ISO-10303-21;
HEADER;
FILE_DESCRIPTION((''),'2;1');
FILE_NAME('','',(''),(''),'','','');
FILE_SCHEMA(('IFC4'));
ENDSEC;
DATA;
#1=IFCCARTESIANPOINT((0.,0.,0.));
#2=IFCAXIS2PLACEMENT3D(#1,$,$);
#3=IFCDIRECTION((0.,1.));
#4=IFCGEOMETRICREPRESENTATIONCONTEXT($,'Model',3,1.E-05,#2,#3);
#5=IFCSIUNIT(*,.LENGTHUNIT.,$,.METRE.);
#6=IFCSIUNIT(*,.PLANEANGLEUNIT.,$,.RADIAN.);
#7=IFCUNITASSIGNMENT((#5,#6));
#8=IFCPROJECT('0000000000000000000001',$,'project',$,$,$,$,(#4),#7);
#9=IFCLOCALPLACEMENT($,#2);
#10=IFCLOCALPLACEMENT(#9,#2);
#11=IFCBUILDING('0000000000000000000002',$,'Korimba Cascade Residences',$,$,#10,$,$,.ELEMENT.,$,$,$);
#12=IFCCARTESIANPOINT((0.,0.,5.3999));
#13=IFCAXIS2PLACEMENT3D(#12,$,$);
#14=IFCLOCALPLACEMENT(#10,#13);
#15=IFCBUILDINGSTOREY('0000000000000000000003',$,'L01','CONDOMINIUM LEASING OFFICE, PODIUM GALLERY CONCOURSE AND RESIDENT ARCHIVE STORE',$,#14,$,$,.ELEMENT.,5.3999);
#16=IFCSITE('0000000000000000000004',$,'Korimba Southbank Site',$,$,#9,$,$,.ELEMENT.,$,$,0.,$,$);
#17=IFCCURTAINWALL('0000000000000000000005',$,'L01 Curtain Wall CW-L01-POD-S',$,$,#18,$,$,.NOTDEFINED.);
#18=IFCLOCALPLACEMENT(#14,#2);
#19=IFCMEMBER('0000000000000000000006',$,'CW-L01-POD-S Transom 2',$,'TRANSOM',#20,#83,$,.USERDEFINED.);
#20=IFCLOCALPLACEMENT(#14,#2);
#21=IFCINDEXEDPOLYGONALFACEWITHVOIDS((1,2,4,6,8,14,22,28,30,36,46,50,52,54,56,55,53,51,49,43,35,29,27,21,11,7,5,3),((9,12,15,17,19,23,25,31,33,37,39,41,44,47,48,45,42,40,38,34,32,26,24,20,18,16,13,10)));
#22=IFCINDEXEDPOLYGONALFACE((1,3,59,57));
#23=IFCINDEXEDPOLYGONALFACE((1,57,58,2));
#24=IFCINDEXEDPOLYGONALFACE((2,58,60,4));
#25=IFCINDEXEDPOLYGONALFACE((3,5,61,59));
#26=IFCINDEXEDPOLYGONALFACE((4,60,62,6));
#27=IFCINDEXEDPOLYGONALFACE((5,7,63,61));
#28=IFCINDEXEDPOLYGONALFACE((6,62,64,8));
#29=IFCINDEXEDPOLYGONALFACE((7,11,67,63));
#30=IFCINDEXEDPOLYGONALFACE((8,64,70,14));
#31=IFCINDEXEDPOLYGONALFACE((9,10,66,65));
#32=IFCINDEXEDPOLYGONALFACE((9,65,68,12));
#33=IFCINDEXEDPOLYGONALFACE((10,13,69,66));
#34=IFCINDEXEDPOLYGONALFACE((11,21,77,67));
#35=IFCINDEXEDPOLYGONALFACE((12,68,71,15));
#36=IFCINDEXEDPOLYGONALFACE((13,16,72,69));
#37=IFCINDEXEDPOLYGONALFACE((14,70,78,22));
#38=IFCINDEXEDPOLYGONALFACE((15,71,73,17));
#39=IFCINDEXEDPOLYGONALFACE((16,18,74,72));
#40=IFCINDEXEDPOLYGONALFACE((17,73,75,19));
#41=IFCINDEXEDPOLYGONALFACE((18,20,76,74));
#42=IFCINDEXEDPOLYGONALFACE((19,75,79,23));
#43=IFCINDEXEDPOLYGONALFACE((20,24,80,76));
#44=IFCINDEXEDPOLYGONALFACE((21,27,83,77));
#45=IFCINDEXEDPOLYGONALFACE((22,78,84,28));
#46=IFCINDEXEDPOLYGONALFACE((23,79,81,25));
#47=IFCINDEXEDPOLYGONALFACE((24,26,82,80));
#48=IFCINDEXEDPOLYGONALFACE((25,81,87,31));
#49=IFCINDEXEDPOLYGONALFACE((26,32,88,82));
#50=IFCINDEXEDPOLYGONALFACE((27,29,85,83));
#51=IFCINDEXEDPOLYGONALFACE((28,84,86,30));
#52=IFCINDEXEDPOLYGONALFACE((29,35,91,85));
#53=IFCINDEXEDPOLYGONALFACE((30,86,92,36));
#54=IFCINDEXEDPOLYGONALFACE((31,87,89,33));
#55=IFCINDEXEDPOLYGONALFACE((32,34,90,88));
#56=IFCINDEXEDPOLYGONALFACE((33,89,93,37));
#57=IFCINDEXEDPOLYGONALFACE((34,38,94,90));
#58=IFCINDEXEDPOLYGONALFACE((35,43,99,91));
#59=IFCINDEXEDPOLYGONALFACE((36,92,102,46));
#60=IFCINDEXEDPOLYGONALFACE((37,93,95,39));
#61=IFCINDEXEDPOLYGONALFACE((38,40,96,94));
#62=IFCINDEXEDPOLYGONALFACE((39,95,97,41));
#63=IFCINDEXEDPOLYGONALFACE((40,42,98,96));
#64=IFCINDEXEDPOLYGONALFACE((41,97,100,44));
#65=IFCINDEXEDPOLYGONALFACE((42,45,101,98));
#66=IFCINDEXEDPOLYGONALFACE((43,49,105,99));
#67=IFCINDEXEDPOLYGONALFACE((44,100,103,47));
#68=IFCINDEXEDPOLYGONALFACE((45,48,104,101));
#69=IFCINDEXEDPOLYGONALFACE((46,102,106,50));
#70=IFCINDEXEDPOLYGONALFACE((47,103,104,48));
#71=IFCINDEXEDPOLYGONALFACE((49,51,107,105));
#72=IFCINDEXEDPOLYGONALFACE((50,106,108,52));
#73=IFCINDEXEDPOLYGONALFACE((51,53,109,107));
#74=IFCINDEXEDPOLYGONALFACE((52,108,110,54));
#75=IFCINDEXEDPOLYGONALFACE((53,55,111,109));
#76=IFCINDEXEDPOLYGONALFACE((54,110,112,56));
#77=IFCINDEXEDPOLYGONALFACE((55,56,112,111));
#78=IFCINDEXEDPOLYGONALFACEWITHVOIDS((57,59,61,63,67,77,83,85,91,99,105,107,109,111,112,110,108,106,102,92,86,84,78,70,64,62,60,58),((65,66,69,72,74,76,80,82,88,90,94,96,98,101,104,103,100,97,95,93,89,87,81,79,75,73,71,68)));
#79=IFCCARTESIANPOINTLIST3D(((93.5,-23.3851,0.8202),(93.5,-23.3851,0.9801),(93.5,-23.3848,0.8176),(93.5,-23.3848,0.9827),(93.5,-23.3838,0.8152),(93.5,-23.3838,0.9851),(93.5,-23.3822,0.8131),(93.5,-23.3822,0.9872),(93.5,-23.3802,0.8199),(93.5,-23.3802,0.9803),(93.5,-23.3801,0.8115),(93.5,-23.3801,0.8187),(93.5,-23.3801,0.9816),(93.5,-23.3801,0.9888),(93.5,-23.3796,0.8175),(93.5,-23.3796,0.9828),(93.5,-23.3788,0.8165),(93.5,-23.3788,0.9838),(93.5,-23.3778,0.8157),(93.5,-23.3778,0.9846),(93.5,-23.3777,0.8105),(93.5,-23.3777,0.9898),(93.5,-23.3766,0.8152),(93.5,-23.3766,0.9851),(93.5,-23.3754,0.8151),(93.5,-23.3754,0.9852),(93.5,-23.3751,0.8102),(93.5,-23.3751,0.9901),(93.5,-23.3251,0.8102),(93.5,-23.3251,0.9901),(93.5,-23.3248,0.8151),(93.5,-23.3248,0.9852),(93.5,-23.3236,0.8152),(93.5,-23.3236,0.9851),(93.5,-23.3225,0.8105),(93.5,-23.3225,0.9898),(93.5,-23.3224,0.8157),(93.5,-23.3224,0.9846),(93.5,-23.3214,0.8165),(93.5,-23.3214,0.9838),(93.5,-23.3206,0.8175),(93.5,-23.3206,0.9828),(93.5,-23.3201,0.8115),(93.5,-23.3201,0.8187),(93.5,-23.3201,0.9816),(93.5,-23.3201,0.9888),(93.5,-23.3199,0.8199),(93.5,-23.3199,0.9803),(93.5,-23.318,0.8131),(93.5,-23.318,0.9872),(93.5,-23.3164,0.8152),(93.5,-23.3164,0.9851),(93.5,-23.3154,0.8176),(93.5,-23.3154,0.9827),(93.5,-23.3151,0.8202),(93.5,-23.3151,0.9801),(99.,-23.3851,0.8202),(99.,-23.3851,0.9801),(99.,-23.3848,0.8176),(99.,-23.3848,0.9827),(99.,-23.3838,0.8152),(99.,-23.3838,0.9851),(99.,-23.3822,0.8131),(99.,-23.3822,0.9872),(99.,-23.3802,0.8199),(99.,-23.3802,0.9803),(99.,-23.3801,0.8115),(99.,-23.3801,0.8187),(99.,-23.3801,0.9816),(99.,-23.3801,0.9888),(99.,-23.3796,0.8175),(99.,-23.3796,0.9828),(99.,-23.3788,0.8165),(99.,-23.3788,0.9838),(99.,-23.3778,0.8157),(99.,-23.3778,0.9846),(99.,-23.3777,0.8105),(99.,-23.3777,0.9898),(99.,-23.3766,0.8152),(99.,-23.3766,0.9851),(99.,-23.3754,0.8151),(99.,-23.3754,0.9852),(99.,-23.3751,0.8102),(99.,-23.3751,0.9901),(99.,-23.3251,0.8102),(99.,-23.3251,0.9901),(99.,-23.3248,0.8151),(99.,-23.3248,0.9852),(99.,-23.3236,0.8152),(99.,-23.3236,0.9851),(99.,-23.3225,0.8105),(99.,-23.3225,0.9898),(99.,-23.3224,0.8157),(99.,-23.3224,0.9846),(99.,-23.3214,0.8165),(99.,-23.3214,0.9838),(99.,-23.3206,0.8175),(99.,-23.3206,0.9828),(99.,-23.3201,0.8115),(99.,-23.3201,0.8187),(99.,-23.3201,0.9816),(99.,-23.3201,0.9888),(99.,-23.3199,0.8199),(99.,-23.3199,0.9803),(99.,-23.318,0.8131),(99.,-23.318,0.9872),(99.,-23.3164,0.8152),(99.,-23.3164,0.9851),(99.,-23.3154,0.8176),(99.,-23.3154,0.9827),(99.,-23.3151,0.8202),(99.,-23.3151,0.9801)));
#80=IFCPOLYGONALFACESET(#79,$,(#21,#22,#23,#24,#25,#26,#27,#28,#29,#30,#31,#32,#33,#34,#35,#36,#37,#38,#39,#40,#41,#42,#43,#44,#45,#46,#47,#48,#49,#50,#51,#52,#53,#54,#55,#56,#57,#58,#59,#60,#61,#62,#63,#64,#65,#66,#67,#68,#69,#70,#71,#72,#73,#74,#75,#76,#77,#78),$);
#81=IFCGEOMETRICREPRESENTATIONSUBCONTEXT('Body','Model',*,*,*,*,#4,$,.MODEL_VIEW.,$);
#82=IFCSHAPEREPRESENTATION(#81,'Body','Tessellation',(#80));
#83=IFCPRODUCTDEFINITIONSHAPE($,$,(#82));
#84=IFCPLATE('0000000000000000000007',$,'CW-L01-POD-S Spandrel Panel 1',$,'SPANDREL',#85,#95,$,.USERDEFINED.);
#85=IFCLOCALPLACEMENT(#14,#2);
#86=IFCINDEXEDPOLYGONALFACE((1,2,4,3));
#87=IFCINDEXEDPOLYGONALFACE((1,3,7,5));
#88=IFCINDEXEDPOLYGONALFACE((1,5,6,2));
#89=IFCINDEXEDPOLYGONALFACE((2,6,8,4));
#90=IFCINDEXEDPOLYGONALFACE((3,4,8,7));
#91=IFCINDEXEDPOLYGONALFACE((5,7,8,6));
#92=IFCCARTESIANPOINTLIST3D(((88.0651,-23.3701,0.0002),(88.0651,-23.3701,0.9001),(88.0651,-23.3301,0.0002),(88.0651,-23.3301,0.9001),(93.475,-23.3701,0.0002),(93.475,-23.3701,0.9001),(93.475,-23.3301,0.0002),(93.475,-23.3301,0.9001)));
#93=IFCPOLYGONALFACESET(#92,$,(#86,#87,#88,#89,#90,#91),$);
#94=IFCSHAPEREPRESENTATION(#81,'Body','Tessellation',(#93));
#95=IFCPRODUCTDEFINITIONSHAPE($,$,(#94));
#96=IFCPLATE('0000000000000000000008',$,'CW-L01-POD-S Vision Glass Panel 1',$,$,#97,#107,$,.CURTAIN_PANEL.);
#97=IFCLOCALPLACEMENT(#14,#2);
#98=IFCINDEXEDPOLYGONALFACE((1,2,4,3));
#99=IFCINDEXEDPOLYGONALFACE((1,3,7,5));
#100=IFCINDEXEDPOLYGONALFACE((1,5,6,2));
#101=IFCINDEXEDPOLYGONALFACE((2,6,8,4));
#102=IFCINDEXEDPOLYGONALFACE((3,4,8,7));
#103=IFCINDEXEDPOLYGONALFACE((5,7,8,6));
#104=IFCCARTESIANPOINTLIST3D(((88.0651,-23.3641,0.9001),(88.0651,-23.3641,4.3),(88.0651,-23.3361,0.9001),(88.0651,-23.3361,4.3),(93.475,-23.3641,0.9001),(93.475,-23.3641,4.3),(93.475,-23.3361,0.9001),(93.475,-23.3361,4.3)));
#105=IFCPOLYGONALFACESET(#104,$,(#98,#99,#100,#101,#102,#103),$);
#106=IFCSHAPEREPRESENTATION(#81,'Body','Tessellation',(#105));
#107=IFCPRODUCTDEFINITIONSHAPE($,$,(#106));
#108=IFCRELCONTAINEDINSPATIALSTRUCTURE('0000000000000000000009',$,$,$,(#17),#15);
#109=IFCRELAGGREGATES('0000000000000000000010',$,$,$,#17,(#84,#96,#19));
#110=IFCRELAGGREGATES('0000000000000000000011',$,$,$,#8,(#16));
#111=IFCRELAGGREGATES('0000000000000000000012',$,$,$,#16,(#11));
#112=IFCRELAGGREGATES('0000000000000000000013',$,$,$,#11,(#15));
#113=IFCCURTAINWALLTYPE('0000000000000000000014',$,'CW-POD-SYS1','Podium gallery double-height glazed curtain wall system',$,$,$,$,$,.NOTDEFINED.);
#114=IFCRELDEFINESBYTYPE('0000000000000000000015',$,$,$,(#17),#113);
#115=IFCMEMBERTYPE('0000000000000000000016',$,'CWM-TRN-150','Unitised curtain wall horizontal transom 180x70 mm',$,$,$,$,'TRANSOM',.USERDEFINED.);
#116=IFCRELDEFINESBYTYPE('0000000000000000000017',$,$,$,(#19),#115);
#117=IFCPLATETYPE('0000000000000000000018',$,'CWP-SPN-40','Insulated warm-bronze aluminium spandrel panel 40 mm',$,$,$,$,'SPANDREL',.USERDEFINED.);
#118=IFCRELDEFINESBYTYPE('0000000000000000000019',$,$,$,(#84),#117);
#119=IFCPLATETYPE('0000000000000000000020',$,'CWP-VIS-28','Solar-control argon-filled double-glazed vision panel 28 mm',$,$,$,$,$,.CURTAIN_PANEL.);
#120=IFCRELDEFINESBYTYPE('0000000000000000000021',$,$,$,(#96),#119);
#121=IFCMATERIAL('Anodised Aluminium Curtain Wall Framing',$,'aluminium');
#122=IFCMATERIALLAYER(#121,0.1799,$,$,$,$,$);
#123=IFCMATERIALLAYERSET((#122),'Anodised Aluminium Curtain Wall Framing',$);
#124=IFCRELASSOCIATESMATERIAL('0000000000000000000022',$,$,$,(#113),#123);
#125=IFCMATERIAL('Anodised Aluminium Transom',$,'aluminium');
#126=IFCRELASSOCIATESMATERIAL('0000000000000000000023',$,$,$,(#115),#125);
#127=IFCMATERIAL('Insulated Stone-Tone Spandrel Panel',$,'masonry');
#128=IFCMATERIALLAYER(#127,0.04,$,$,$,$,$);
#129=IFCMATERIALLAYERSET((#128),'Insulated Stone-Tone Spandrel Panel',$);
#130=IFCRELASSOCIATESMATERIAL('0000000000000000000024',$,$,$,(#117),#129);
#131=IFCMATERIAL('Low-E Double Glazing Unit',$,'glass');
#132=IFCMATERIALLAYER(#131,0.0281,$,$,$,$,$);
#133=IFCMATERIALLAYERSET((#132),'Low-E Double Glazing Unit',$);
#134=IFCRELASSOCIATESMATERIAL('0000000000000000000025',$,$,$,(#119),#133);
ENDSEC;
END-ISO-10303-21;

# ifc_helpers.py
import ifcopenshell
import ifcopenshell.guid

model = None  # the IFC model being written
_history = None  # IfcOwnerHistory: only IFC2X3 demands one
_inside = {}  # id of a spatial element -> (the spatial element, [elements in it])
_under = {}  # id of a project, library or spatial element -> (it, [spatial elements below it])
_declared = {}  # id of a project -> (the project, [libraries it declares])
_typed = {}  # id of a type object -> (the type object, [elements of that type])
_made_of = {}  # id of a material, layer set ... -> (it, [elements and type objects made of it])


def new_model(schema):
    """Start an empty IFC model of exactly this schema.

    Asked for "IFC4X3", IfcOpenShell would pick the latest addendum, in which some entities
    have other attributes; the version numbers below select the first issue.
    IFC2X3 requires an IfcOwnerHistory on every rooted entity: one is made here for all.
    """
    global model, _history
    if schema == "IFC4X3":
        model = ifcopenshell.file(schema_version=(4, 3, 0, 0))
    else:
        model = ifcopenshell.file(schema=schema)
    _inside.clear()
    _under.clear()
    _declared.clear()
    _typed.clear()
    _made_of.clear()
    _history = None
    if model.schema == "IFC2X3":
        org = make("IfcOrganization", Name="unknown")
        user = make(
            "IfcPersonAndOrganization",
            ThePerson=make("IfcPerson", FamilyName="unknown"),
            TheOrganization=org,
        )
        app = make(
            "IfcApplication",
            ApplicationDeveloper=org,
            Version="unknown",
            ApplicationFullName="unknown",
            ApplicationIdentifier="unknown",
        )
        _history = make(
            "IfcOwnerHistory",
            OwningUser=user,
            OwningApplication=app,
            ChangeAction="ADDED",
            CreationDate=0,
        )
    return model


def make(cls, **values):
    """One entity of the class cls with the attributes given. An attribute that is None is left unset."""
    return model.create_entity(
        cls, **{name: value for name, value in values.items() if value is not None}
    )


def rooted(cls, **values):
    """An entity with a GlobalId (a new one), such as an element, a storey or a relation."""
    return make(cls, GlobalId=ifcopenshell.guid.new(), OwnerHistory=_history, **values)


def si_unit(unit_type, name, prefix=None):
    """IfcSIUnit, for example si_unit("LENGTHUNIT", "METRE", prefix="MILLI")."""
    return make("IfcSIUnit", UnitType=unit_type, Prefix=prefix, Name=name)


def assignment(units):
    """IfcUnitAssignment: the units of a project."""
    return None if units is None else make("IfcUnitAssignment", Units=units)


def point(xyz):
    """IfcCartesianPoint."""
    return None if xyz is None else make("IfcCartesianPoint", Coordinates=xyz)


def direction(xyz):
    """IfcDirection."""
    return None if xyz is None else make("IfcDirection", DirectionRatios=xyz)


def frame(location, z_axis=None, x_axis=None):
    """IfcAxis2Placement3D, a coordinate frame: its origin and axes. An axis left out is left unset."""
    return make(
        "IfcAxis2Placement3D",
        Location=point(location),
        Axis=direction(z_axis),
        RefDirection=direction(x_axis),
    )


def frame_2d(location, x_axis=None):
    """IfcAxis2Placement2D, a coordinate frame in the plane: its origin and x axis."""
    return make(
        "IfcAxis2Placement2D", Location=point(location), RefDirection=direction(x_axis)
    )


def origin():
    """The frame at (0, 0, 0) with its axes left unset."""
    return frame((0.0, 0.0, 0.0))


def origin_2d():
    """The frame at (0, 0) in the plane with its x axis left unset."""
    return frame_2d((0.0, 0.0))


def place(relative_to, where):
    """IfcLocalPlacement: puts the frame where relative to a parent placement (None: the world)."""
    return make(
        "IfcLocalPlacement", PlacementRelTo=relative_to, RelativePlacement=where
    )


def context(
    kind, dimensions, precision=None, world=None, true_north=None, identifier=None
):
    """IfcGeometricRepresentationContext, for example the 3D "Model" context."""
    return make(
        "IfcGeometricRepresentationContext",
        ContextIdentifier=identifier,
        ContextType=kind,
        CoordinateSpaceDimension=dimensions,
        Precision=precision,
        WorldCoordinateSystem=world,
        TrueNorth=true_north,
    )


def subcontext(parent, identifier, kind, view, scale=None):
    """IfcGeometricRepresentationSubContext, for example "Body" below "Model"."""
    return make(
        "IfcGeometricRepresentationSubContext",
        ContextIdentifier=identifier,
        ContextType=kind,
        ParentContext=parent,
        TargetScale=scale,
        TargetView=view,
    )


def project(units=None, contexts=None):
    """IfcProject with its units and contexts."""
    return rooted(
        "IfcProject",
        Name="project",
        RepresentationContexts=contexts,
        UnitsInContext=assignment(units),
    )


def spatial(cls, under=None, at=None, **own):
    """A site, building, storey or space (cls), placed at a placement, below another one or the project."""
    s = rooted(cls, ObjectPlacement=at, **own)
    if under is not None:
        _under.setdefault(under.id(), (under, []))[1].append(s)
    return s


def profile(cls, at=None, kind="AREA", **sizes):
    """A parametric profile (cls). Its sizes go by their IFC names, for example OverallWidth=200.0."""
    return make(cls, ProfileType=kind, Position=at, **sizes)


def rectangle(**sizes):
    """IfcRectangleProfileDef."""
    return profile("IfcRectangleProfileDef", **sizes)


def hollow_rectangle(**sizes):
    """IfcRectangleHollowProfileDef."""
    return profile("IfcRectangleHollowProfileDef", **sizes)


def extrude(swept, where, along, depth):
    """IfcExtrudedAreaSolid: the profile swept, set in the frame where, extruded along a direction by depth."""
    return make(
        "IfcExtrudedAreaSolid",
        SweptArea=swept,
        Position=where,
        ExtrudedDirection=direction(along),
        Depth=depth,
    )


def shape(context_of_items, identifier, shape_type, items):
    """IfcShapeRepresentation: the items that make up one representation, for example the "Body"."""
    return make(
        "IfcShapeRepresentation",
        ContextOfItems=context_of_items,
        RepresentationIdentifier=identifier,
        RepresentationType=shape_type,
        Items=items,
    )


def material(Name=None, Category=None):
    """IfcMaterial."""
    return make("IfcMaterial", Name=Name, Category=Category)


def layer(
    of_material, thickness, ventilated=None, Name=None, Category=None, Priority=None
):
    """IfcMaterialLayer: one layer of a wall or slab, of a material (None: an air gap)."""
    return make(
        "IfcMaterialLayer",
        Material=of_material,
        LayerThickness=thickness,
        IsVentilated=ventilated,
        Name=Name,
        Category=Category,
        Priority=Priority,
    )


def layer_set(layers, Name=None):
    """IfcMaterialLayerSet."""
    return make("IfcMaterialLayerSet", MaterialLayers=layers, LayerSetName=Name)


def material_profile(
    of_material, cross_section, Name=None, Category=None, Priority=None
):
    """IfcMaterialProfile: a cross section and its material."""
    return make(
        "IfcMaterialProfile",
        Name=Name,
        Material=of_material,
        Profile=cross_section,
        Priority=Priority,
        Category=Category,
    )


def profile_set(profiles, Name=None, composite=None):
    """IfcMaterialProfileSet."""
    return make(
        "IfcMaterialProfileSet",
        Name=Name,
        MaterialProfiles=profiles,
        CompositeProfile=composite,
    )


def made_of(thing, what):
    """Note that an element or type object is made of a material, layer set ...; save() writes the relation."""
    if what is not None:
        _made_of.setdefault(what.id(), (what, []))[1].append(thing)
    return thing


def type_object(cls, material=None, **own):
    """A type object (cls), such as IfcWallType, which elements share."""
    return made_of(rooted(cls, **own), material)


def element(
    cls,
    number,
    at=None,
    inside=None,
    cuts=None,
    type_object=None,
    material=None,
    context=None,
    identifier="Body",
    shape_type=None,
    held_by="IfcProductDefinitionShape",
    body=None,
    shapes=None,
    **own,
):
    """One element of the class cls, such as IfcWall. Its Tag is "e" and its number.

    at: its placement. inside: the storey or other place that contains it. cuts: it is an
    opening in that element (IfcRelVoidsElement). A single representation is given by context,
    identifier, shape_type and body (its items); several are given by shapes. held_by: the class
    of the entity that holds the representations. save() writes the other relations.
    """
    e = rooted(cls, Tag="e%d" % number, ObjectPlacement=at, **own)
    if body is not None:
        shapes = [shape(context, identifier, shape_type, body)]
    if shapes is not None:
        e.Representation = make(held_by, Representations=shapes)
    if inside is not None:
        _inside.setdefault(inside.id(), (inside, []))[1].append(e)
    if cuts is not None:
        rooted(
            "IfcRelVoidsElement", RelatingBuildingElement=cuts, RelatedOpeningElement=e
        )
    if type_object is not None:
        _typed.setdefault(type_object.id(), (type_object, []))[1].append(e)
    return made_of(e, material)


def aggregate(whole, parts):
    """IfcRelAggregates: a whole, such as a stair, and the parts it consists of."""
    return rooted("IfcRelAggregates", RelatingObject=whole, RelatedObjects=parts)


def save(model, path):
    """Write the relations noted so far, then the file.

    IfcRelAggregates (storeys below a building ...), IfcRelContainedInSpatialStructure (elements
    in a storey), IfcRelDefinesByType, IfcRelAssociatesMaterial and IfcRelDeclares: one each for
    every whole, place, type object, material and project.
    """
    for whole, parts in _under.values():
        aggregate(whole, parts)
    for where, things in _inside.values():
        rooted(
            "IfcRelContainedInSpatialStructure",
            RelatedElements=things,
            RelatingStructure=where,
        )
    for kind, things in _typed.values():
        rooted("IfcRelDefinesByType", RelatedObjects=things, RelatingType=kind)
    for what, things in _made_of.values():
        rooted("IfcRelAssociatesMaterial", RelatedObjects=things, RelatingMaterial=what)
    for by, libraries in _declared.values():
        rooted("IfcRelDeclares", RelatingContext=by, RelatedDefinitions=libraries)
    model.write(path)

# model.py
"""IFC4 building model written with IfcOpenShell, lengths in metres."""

from ifc_helpers import new_model, si_unit, direction, frame, origin, origin_2d, place, context, subcontext, project, spatial, rectangle, hollow_rectangle, extrude, material, layer, layer_set, material_profile, profile_set, type_object, element, aggregate, save


model = new_model("IFC4")

# Units and contexts
model_context = context("Model", 3, precision=1e-05, world=origin(), true_north=direction((0.0, 1.0)))
body_context = subcontext(model_context, "Body", "Model", "MODEL_VIEW")
ifc_project = project(units=[si_unit("LENGTHUNIT", "METRE"), si_unit("PLANEANGLEUNIT", "RADIAN")], contexts=[model_context])

# Site, building, storey
site_placement = place(None, origin())
site = spatial("IfcSite", under=ifc_project, at=site_placement, Name="Korimba Southbank Site", CompositionType="ELEMENT", RefElevation=0.0)
building_placement = place(site_placement, origin())
building = spatial("IfcBuilding", under=site, at=building_placement, Name="Korimba Cascade Residences", CompositionType="ELEMENT")
storey_placement = place(building_placement, frame((0.0, 0.0, 5.3999)))
storey = spatial("IfcBuildingStorey", under=building, at=storey_placement, Name="L01", Description="CONDOMINIUM LEASING OFFICE, PODIUM GALLERY CONCOURSE AND RESIDENT ARCHIVE STORE", CompositionType="ELEMENT", Elevation=5.3999)

# Curtain wall, member, plates
ifc_material_1 = material(Name="Anodised Aluminium Curtain Wall Framing", Category="aluminium")
ifc_layer_1 = layer(ifc_material_1, 0.1799)
ifc_layer_set_1 = layer_set([ifc_layer_1], Name="Anodised Aluminium Curtain Wall Framing")
curtain_wall_type = type_object("IfcCurtainWallType", Name="CW-POD-SYS1", Description="Podium gallery double-height glazed curtain wall system", PredefinedType="NOTDEFINED", material=ifc_layer_set_1)
curtain_wall_placement = place(storey_placement, origin())
curtain_wall = element("IfcCurtainWall", 1, at=curtain_wall_placement, inside=storey, type_object=curtain_wall_type, Name="L01 Curtain Wall CW-L01-POD-S", PredefinedType="NOTDEFINED")
ifc_material_2 = material(Name="Anodised Aluminium Transom", Category="aluminium")
ifc_material_profile_1 = material_profile(ifc_material_2, hollow_rectangle(XDim=0.0701, YDim=0.1799, WallThickness=0.0049, InnerFilletRadius=0.0049, OuterFilletRadius=0.01, at=origin_2d()), Name="Anodised Aluminium Transom")
ifc_profile_set_1 = profile_set([ifc_material_profile_1], Name="Anodised Aluminium Transom")
member_type_1 = type_object("IfcMemberType", Name="CWM-TRN-150", Description="Unitised curtain wall horizontal transom 180x70 mm", ElementType="TRANSOM", PredefinedType="USERDEFINED", material=ifc_profile_set_1)
member_1_placement = place(storey_placement, frame((93.5, -23.3501, 0.9001), z_axis=(1.0, 0.0, 0.0), x_axis=(0.0, 1.0, 0.0)))
member_1 = element("IfcMember", 2, at=member_1_placement, type_object=member_type_1, Name="CW-L01-POD-S Transom 2", ObjectType="TRANSOM", PredefinedType="USERDEFINED", context=body_context, shape_type="SweptSolid", body=[
    extrude(hollow_rectangle(XDim=0.0701, YDim=0.1799, WallThickness=0.0049, InnerFilletRadius=0.0049, OuterFilletRadius=0.01, at=origin_2d()), origin(), (0.0, 0.0, 1.0), 5.5),
])
ifc_material_3 = material(Name="Insulated Stone-Tone Spandrel Panel", Category="masonry")
ifc_layer_2 = layer(ifc_material_3, 0.04)
ifc_layer_set_2 = layer_set([ifc_layer_2], Name="Insulated Stone-Tone Spandrel Panel")
plate_type_1 = type_object("IfcPlateType", Name="CWP-SPN-40", Description="Insulated warm-bronze aluminium spandrel panel 40 mm", ElementType="SPANDREL", PredefinedType="USERDEFINED", material=ifc_layer_set_2)
plate_1_placement = place(storey_placement, frame((90.77, -23.3501, 0.0002), z_axis=(0.0, 0.0, 1.0), x_axis=(1.0, 0.0, 0.0)))
plate_1 = element("IfcPlate", 3, at=plate_1_placement, type_object=plate_type_1, Name="CW-L01-POD-S Spandrel Panel 1", ObjectType="SPANDREL", PredefinedType="USERDEFINED", context=body_context, shape_type="SweptSolid", body=[
    extrude(rectangle(XDim=5.4099, YDim=0.04, at=origin_2d()), origin(), (0.0, 0.0, 1.0), 0.8999),
])
ifc_material_4 = material(Name="Low-E Double Glazing Unit", Category="glass")
ifc_layer_3 = layer(ifc_material_4, 0.0281)
ifc_layer_set_3 = layer_set([ifc_layer_3], Name="Low-E Double Glazing Unit")
plate_type_2 = type_object("IfcPlateType", Name="CWP-VIS-28", Description="Solar-control argon-filled double-glazed vision panel 28 mm", PredefinedType="CURTAIN_PANEL", material=ifc_layer_set_3)
plate_2_placement = place(storey_placement, frame((90.77, -23.3501, 0.9001), z_axis=(0.0, 0.0, 1.0), x_axis=(1.0, 0.0, 0.0)))
plate_2 = element("IfcPlate", 4, at=plate_2_placement, type_object=plate_type_2, Name="CW-L01-POD-S Vision Glass Panel 1", PredefinedType="CURTAIN_PANEL", context=body_context, shape_type="SweptSolid", body=[
    extrude(rectangle(XDim=5.4099, YDim=0.0281, at=origin_2d()), origin(), (0.0, 0.0, 1.0), 3.3999),
])
aggregate(curtain_wall, [plate_1, plate_2, member_1])

save(model, "model.ifc")
